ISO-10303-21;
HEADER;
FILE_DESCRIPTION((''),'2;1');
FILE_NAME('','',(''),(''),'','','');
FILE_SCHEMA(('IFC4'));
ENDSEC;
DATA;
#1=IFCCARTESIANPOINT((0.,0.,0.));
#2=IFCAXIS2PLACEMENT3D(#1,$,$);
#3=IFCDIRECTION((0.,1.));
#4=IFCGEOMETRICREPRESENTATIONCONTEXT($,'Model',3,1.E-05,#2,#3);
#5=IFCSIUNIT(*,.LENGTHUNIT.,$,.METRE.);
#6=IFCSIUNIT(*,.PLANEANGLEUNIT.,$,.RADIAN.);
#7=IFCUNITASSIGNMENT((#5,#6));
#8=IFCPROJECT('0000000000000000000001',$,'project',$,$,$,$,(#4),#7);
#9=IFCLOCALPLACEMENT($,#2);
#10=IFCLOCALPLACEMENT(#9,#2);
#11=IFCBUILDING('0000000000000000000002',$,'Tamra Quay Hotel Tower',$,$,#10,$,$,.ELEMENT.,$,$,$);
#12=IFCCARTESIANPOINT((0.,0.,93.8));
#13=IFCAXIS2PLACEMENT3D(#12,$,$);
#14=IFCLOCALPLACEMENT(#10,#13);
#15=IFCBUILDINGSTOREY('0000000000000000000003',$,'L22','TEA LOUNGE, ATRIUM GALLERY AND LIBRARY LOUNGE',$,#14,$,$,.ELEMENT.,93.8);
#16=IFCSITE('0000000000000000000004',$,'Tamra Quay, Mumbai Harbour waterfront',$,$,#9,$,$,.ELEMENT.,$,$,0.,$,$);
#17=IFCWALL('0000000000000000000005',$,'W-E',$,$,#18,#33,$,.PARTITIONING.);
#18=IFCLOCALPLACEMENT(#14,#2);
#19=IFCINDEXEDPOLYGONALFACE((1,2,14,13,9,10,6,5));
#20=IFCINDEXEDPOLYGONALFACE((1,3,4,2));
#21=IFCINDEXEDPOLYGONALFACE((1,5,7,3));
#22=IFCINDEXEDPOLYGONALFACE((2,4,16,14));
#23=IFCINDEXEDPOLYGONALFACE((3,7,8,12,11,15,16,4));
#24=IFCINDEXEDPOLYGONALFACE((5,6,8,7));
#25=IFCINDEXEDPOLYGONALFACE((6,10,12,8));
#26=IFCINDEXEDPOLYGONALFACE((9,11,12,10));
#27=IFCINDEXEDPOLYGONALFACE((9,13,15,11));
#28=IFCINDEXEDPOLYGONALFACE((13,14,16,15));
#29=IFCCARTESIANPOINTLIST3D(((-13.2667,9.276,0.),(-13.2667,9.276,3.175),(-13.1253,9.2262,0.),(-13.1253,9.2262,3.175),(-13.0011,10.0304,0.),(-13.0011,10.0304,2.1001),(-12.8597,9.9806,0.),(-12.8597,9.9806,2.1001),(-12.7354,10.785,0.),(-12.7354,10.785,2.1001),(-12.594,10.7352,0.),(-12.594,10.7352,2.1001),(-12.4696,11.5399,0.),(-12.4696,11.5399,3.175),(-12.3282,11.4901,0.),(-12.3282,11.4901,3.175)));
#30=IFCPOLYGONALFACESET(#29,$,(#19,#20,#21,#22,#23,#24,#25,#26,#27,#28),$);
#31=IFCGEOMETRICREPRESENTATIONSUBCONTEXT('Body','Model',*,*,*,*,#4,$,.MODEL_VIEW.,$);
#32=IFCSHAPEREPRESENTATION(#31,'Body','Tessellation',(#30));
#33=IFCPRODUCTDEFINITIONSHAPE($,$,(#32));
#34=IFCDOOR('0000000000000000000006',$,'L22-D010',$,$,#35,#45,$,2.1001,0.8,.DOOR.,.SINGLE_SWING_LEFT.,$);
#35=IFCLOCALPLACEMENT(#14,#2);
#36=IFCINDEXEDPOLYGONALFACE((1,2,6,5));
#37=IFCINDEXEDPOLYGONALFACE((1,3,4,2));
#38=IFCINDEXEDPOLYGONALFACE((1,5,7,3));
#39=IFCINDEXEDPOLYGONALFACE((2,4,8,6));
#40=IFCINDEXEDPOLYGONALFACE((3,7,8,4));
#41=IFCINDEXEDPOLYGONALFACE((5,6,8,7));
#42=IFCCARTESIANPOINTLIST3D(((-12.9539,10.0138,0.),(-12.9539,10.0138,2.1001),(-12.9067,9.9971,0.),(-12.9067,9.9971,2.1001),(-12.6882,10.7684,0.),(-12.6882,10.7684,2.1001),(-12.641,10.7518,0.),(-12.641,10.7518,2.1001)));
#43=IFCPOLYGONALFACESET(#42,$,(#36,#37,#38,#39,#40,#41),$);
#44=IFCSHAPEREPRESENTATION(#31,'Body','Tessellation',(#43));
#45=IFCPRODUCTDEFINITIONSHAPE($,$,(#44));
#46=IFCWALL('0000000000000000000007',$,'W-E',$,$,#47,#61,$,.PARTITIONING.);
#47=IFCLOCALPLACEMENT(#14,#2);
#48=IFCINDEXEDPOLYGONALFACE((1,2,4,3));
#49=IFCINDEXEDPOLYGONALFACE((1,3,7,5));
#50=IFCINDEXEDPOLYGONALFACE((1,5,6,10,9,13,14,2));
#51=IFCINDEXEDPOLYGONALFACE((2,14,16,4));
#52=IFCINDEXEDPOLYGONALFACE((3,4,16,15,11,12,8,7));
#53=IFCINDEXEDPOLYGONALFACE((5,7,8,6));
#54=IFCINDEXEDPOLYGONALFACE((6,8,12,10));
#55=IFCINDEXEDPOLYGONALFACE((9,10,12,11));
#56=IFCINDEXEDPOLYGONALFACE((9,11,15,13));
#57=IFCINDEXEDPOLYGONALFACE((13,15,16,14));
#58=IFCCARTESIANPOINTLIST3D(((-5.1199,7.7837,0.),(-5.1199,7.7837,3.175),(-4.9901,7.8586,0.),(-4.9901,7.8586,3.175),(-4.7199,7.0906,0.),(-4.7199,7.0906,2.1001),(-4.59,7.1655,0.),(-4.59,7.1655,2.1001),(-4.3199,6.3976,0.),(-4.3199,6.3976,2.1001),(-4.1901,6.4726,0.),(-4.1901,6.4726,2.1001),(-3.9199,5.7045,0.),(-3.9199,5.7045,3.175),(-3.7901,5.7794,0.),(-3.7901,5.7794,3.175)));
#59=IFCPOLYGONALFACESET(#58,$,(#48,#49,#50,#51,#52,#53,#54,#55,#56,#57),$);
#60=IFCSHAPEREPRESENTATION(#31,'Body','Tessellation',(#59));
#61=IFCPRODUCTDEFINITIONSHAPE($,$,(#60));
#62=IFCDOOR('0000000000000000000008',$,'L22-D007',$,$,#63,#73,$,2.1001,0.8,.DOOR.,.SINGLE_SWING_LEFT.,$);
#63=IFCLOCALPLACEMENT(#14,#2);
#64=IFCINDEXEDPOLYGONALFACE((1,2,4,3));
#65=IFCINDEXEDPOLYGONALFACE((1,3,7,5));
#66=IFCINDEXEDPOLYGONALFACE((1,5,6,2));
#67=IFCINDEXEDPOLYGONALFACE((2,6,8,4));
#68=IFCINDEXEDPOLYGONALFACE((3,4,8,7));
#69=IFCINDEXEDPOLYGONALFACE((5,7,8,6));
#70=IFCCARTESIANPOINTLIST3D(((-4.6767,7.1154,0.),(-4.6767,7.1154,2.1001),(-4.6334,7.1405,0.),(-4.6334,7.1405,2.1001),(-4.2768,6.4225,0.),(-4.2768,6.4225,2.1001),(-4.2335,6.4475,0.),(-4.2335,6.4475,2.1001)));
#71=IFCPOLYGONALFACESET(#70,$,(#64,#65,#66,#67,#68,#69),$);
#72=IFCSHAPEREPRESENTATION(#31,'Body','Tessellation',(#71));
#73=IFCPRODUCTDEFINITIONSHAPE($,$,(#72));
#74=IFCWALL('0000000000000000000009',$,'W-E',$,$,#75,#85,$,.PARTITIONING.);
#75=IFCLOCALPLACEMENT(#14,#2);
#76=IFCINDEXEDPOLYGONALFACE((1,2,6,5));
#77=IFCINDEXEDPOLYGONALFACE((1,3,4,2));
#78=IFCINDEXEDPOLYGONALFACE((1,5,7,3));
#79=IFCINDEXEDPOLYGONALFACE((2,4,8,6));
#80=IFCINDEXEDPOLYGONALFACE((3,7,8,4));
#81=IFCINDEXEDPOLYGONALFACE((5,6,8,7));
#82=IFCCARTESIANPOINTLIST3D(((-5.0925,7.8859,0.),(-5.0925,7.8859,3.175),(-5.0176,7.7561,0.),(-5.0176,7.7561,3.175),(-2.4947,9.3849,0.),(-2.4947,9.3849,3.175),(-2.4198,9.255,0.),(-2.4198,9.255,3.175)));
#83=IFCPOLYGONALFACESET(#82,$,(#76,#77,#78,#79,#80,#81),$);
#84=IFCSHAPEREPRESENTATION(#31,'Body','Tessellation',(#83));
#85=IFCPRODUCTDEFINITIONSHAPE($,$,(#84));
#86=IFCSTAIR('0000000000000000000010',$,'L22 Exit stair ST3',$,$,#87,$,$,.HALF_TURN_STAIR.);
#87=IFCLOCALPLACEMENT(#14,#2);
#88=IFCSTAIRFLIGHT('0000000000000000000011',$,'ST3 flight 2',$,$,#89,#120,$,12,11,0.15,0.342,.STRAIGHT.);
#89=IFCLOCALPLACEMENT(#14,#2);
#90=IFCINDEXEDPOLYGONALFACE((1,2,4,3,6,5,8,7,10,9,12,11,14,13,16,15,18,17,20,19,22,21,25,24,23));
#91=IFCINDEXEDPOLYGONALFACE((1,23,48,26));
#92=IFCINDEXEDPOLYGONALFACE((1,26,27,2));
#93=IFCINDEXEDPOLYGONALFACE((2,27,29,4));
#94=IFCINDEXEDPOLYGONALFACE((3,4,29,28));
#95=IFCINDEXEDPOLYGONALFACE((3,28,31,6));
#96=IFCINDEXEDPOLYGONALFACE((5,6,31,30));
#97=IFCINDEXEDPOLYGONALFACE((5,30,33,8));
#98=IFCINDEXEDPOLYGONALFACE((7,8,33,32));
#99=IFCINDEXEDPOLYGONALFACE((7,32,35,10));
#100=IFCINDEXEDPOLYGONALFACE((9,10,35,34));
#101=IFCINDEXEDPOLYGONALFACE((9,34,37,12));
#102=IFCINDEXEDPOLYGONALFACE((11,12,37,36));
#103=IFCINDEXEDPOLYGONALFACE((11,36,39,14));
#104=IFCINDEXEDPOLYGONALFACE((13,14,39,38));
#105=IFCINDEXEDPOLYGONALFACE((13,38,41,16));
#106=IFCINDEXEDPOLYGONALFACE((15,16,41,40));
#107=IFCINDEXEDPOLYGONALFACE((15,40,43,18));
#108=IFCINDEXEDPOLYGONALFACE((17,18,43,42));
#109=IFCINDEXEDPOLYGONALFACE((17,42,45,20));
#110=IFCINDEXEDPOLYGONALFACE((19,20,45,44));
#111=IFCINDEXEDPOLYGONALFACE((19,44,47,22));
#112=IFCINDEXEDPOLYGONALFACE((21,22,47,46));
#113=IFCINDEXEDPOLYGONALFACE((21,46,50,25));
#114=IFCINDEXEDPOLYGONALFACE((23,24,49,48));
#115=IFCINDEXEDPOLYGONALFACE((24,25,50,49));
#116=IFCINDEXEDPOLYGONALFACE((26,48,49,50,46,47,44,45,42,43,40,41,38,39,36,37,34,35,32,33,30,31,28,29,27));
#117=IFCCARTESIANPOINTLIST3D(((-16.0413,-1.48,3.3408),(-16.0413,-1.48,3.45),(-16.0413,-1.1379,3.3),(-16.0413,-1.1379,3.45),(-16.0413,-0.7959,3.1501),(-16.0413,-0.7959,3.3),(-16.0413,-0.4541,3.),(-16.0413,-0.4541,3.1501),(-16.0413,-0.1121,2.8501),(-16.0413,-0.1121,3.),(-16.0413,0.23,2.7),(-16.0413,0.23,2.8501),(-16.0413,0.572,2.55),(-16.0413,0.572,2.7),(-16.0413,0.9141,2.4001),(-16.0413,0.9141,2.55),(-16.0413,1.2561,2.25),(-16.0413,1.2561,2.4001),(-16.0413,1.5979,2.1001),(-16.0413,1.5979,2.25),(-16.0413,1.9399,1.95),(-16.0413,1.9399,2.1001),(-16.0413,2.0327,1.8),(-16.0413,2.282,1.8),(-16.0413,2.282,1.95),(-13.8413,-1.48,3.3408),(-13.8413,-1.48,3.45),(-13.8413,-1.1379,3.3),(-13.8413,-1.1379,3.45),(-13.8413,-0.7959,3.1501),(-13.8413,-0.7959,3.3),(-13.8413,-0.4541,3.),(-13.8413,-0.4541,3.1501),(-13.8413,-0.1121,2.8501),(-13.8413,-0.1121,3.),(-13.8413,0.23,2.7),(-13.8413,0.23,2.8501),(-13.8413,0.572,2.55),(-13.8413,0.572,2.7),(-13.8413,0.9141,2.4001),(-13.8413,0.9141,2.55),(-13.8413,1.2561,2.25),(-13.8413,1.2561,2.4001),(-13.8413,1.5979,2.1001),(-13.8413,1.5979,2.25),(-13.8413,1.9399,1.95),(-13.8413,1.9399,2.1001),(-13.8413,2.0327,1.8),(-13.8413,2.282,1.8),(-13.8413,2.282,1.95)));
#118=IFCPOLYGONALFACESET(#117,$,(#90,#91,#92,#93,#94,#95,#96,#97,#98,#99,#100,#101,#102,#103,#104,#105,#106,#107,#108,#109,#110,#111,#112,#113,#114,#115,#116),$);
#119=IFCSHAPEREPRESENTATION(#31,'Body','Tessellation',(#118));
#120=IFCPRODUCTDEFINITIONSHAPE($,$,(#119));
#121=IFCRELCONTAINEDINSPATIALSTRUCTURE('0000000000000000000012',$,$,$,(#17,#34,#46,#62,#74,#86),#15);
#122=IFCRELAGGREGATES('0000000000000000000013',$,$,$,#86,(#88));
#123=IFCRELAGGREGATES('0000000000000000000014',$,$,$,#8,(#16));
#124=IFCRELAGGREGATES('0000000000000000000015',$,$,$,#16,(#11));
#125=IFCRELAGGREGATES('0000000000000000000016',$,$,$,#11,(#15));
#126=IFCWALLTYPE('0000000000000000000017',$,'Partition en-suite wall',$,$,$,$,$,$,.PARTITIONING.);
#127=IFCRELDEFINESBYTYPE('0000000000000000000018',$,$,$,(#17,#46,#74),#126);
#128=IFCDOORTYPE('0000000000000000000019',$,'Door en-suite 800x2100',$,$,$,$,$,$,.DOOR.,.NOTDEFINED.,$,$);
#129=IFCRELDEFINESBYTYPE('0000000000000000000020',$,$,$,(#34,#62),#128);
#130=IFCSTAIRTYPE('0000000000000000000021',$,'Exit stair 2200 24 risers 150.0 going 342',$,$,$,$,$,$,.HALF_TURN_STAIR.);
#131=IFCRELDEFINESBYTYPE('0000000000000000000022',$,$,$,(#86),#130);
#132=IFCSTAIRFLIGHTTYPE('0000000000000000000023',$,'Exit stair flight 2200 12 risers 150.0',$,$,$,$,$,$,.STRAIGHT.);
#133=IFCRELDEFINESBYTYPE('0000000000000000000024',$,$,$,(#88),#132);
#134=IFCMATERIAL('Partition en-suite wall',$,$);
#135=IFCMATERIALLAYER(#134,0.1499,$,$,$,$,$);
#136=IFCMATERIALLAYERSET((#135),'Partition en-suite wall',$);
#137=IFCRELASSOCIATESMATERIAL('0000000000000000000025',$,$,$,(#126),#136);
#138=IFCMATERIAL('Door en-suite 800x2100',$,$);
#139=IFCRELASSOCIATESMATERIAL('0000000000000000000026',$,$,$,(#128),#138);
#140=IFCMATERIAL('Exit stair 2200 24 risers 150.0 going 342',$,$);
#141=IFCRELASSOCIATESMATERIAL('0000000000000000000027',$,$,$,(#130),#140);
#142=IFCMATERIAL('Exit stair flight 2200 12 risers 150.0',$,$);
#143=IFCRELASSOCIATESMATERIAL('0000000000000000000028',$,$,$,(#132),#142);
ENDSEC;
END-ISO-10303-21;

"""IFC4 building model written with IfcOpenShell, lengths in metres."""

from ifc_helpers import new_model, si_unit, direction, frame, frame_2d, origin, place, context, subcontext, project, spatial, polyline, rectangle, outline, extrude, material, layer, layer_set, type_object, element, fill, aggregate, save


model = new_model("IFC4")

# Units and contexts
model_context = context("Model", 3, precision=1e-05, world=origin(), true_north=direction((0.0, 1.0)))
body_context = subcontext(model_context, "Body", "Model", "MODEL_VIEW")
ifc_project = project(units=[si_unit("LENGTHUNIT", "METRE"), si_unit("PLANEANGLEUNIT", "RADIAN")], contexts=[model_context])

# Site, building, storey
site_placement = place(None, origin())
site = spatial("IfcSite", under=ifc_project, at=site_placement, Name="Tamra Quay, Mumbai Harbour waterfront", CompositionType="ELEMENT", RefElevation=0.0)
building_placement = place(site_placement, origin())
building = spatial("IfcBuilding", under=site, at=building_placement, Name="Tamra Quay Hotel Tower", CompositionType="ELEMENT")
storey_placement = place(building_placement, frame((0.0, 0.0, 93.8)))
storey = spatial("IfcBuildingStorey", under=building, at=storey_placement, Name="L22", Description="TEA LOUNGE, ATRIUM GALLERY AND LIBRARY LOUNGE", CompositionType="ELEMENT", Elevation=93.8)

# Shared definitions
ifc_material_1 = material(Name="Partition en-suite wall")
ifc_layer_1 = layer(ifc_material_1, 0.1499)
ifc_layer_set_1 = layer_set([ifc_layer_1], Name="Partition en-suite wall")
wall_type_1 = type_object("IfcWallType", Name="Partition en-suite wall", PredefinedType="PARTITIONING", material=ifc_layer_set_1)

# Walls, openings, doors
wall_1_placement = place(storey_placement, frame((-13.196, 9.251, 0.0), z_axis=(0.0, 0.0, 1.0), x_axis=(0.332112, 0.94324, 0.0)))
wall_1 = element("IfcWall", 1, at=wall_1_placement, inside=storey, type_object=wall_type_1, Name="W-E", PredefinedType="PARTITIONING", context=body_context, shape_type="SweptSolid", body=[
    extrude(rectangle(XDim=2.4001, YDim=0.1499, at=frame_2d((1.2002, 0.0))), origin(), (0.0, 0.0, 1.0), 3.175),
])
opening_1_placement = place(wall_1_placement, frame((0.8, 0.0, 0.0)))
opening_1 = element("IfcOpeningElement", 2, at=opening_1_placement, cuts=wall_1, PredefinedType="OPENING", context=body_context, shape_type="SweptSolid", body=[
    extrude(rectangle(XDim=0.8, YDim=2.1001, at=frame_2d((0.3999, 1.05))), frame((0.0, 0.085, 0.0), z_axis=(0.0, -1.0, 0.0), x_axis=(1.0, 0.0, 0.0)), (0.0, 0.0, 1.0), 0.1699),
])
ifc_material_2 = material(Name="Door en-suite 800x2100")
door_type_1 = type_object("IfcDoorType", Name="Door en-suite 800x2100", OperationType="NOTDEFINED", PredefinedType="DOOR", material=ifc_material_2)
door_1_placement = place(opening_1_placement, origin())
door_1 = element("IfcDoor", 3, at=door_1_placement, inside=storey, type_object=door_type_1, Name="L22-D010", OperationType="SINGLE_SWING_LEFT", OverallHeight=2.1001, OverallWidth=0.8, PredefinedType="DOOR", context=body_context, shape_type="SweptSolid", body=[
    extrude(rectangle(XDim=0.8, YDim=2.1001, at=frame_2d((0.3999, 1.05))), frame((0.0, 0.0249, 0.0), z_axis=(0.0, -1.0, 0.0), x_axis=(1.0, 0.0, 0.0)), (0.0, 0.0, 1.0), 0.05),
])
fill(opening_1, door_1)
wall_2_placement = place(storey_placement, frame((-5.0549, 7.821, 0.0), z_axis=(0.0, 0.0, 1.0), x_axis=(0.499869, -0.866101, 0.0)))
wall_2 = element("IfcWall", 4, at=wall_2_placement, inside=storey, type_object=wall_type_1, Name="W-E", PredefinedType="PARTITIONING", context=body_context, shape_type="SweptSolid", body=[
    extrude(rectangle(XDim=2.4006, YDim=0.1499, at=frame_2d((1.2002, 0.0))), origin(), (0.0, 0.0, 1.0), 3.175),
])
opening_2_placement = place(wall_2_placement, frame((0.8003, 0.0, 0.0)))
opening_2 = element("IfcOpeningElement", 5, at=opening_2_placement, cuts=wall_2, PredefinedType="OPENING", context=body_context, shape_type="SweptSolid", body=[
    extrude(rectangle(XDim=0.8, YDim=2.1001, at=frame_2d((0.3999, 1.05))), frame((0.0, 0.085, 0.0), z_axis=(0.0, -1.0, 0.0), x_axis=(1.0, 0.0, 0.0)), (0.0, 0.0, 1.0), 0.1699),
])
door_2_placement = place(opening_2_placement, origin())
door_2 = element("IfcDoor", 6, at=door_2_placement, inside=storey, type_object=door_type_1, Name="L22-D007", OperationType="SINGLE_SWING_LEFT", OverallHeight=2.1001, OverallWidth=0.8, PredefinedType="DOOR", context=body_context, shape_type="SweptSolid", body=[
    extrude(rectangle(XDim=0.8, YDim=2.1001, at=frame_2d((0.3999, 1.05))), frame((0.0, 0.0249, 0.0), z_axis=(0.0, -1.0, 0.0), x_axis=(1.0, 0.0, 0.0)), (0.0, 0.0, 1.0), 0.05),
])
fill(opening_2, door_2)

# Wall
wall_3_placement = place(storey_placement, frame((-5.0549, 7.821, 0.0), z_axis=(0.0, 0.0, 1.0), x_axis=(0.866152, 0.499781, 0.0)))
element("IfcWall", 7, at=wall_3_placement, inside=storey, type_object=wall_type_1, Name="W-E", PredefinedType="PARTITIONING", context=body_context, shape_type="SweptSolid", body=[
    extrude(rectangle(XDim=2.9993, YDim=0.1499, at=frame_2d((1.4995, 0.0))), origin(), (0.0, 0.0, 1.0), 3.175),
])

# Stair, stair flight
ifc_material_3 = material(Name="Exit stair 2200 24 risers 150.0 going 342")
stair_type = type_object("IfcStairType", Name="Exit stair 2200 24 risers 150.0 going 342", PredefinedType="HALF_TURN_STAIR", material=ifc_material_3)
stair_placement = place(storey_placement, origin())
stair = element("IfcStair", 8, at=stair_placement, inside=storey, type_object=stair_type, Name="L22 Exit stair ST3", PredefinedType="HALF_TURN_STAIR")
ifc_material_4 = material(Name="Exit stair flight 2200 12 risers 150.0")
stair_flight_type = type_object("IfcStairFlightType", Name="Exit stair flight 2200 12 risers 150.0", PredefinedType="STRAIGHT", material=ifc_material_4)
stair_flight_placement = place(storey_placement, frame((-14.9414, 2.282, 1.8), z_axis=(0.0, 0.0, 1.0), x_axis=(0.0, -1.0, 0.0)))
stair_flight = element("IfcStairFlight", 9, at=stair_flight_placement, type_object=stair_flight_type, Name="ST3 flight 2", NumberOfRisers=12, NumberOfTreads=11, PredefinedType="STRAIGHT", RiserHeight=0.15, TreadLength=0.342, context=body_context, shape_type="SweptSolid", body=[
    extrude(outline(polyline([(0.0, 0.0), (0.0, 0.1499), (0.342, 0.1499), (0.342, 0.3), (0.6841, 0.3), (0.6841, 0.45), (1.0259, 0.45), (1.0259, 0.6001), (1.3679, 0.6001), (1.3679, 0.75), (1.71, 0.75), (1.71, 0.8999), (2.052, 0.8999), (2.052, 1.05), (2.394, 1.05), (2.394, 1.2), (2.7361, 1.2), (2.7361, 1.3501), (3.0779, 1.3501), (3.0779, 1.5), (3.4199, 1.5), (3.4199, 1.6499), (3.762, 1.6499), (3.762, 1.8), (3.762, 1.5408), (0.2493, 0.0), (0.0, 0.0)])), frame((0.0, 1.1001, 0.0), z_axis=(0.0, -1.0, 0.0), x_axis=(1.0, 0.0, 0.0)), (0.0, 0.0, 1.0), 2.2),
])
aggregate(stair, [stair_flight])

save(model, "model.ifc")
